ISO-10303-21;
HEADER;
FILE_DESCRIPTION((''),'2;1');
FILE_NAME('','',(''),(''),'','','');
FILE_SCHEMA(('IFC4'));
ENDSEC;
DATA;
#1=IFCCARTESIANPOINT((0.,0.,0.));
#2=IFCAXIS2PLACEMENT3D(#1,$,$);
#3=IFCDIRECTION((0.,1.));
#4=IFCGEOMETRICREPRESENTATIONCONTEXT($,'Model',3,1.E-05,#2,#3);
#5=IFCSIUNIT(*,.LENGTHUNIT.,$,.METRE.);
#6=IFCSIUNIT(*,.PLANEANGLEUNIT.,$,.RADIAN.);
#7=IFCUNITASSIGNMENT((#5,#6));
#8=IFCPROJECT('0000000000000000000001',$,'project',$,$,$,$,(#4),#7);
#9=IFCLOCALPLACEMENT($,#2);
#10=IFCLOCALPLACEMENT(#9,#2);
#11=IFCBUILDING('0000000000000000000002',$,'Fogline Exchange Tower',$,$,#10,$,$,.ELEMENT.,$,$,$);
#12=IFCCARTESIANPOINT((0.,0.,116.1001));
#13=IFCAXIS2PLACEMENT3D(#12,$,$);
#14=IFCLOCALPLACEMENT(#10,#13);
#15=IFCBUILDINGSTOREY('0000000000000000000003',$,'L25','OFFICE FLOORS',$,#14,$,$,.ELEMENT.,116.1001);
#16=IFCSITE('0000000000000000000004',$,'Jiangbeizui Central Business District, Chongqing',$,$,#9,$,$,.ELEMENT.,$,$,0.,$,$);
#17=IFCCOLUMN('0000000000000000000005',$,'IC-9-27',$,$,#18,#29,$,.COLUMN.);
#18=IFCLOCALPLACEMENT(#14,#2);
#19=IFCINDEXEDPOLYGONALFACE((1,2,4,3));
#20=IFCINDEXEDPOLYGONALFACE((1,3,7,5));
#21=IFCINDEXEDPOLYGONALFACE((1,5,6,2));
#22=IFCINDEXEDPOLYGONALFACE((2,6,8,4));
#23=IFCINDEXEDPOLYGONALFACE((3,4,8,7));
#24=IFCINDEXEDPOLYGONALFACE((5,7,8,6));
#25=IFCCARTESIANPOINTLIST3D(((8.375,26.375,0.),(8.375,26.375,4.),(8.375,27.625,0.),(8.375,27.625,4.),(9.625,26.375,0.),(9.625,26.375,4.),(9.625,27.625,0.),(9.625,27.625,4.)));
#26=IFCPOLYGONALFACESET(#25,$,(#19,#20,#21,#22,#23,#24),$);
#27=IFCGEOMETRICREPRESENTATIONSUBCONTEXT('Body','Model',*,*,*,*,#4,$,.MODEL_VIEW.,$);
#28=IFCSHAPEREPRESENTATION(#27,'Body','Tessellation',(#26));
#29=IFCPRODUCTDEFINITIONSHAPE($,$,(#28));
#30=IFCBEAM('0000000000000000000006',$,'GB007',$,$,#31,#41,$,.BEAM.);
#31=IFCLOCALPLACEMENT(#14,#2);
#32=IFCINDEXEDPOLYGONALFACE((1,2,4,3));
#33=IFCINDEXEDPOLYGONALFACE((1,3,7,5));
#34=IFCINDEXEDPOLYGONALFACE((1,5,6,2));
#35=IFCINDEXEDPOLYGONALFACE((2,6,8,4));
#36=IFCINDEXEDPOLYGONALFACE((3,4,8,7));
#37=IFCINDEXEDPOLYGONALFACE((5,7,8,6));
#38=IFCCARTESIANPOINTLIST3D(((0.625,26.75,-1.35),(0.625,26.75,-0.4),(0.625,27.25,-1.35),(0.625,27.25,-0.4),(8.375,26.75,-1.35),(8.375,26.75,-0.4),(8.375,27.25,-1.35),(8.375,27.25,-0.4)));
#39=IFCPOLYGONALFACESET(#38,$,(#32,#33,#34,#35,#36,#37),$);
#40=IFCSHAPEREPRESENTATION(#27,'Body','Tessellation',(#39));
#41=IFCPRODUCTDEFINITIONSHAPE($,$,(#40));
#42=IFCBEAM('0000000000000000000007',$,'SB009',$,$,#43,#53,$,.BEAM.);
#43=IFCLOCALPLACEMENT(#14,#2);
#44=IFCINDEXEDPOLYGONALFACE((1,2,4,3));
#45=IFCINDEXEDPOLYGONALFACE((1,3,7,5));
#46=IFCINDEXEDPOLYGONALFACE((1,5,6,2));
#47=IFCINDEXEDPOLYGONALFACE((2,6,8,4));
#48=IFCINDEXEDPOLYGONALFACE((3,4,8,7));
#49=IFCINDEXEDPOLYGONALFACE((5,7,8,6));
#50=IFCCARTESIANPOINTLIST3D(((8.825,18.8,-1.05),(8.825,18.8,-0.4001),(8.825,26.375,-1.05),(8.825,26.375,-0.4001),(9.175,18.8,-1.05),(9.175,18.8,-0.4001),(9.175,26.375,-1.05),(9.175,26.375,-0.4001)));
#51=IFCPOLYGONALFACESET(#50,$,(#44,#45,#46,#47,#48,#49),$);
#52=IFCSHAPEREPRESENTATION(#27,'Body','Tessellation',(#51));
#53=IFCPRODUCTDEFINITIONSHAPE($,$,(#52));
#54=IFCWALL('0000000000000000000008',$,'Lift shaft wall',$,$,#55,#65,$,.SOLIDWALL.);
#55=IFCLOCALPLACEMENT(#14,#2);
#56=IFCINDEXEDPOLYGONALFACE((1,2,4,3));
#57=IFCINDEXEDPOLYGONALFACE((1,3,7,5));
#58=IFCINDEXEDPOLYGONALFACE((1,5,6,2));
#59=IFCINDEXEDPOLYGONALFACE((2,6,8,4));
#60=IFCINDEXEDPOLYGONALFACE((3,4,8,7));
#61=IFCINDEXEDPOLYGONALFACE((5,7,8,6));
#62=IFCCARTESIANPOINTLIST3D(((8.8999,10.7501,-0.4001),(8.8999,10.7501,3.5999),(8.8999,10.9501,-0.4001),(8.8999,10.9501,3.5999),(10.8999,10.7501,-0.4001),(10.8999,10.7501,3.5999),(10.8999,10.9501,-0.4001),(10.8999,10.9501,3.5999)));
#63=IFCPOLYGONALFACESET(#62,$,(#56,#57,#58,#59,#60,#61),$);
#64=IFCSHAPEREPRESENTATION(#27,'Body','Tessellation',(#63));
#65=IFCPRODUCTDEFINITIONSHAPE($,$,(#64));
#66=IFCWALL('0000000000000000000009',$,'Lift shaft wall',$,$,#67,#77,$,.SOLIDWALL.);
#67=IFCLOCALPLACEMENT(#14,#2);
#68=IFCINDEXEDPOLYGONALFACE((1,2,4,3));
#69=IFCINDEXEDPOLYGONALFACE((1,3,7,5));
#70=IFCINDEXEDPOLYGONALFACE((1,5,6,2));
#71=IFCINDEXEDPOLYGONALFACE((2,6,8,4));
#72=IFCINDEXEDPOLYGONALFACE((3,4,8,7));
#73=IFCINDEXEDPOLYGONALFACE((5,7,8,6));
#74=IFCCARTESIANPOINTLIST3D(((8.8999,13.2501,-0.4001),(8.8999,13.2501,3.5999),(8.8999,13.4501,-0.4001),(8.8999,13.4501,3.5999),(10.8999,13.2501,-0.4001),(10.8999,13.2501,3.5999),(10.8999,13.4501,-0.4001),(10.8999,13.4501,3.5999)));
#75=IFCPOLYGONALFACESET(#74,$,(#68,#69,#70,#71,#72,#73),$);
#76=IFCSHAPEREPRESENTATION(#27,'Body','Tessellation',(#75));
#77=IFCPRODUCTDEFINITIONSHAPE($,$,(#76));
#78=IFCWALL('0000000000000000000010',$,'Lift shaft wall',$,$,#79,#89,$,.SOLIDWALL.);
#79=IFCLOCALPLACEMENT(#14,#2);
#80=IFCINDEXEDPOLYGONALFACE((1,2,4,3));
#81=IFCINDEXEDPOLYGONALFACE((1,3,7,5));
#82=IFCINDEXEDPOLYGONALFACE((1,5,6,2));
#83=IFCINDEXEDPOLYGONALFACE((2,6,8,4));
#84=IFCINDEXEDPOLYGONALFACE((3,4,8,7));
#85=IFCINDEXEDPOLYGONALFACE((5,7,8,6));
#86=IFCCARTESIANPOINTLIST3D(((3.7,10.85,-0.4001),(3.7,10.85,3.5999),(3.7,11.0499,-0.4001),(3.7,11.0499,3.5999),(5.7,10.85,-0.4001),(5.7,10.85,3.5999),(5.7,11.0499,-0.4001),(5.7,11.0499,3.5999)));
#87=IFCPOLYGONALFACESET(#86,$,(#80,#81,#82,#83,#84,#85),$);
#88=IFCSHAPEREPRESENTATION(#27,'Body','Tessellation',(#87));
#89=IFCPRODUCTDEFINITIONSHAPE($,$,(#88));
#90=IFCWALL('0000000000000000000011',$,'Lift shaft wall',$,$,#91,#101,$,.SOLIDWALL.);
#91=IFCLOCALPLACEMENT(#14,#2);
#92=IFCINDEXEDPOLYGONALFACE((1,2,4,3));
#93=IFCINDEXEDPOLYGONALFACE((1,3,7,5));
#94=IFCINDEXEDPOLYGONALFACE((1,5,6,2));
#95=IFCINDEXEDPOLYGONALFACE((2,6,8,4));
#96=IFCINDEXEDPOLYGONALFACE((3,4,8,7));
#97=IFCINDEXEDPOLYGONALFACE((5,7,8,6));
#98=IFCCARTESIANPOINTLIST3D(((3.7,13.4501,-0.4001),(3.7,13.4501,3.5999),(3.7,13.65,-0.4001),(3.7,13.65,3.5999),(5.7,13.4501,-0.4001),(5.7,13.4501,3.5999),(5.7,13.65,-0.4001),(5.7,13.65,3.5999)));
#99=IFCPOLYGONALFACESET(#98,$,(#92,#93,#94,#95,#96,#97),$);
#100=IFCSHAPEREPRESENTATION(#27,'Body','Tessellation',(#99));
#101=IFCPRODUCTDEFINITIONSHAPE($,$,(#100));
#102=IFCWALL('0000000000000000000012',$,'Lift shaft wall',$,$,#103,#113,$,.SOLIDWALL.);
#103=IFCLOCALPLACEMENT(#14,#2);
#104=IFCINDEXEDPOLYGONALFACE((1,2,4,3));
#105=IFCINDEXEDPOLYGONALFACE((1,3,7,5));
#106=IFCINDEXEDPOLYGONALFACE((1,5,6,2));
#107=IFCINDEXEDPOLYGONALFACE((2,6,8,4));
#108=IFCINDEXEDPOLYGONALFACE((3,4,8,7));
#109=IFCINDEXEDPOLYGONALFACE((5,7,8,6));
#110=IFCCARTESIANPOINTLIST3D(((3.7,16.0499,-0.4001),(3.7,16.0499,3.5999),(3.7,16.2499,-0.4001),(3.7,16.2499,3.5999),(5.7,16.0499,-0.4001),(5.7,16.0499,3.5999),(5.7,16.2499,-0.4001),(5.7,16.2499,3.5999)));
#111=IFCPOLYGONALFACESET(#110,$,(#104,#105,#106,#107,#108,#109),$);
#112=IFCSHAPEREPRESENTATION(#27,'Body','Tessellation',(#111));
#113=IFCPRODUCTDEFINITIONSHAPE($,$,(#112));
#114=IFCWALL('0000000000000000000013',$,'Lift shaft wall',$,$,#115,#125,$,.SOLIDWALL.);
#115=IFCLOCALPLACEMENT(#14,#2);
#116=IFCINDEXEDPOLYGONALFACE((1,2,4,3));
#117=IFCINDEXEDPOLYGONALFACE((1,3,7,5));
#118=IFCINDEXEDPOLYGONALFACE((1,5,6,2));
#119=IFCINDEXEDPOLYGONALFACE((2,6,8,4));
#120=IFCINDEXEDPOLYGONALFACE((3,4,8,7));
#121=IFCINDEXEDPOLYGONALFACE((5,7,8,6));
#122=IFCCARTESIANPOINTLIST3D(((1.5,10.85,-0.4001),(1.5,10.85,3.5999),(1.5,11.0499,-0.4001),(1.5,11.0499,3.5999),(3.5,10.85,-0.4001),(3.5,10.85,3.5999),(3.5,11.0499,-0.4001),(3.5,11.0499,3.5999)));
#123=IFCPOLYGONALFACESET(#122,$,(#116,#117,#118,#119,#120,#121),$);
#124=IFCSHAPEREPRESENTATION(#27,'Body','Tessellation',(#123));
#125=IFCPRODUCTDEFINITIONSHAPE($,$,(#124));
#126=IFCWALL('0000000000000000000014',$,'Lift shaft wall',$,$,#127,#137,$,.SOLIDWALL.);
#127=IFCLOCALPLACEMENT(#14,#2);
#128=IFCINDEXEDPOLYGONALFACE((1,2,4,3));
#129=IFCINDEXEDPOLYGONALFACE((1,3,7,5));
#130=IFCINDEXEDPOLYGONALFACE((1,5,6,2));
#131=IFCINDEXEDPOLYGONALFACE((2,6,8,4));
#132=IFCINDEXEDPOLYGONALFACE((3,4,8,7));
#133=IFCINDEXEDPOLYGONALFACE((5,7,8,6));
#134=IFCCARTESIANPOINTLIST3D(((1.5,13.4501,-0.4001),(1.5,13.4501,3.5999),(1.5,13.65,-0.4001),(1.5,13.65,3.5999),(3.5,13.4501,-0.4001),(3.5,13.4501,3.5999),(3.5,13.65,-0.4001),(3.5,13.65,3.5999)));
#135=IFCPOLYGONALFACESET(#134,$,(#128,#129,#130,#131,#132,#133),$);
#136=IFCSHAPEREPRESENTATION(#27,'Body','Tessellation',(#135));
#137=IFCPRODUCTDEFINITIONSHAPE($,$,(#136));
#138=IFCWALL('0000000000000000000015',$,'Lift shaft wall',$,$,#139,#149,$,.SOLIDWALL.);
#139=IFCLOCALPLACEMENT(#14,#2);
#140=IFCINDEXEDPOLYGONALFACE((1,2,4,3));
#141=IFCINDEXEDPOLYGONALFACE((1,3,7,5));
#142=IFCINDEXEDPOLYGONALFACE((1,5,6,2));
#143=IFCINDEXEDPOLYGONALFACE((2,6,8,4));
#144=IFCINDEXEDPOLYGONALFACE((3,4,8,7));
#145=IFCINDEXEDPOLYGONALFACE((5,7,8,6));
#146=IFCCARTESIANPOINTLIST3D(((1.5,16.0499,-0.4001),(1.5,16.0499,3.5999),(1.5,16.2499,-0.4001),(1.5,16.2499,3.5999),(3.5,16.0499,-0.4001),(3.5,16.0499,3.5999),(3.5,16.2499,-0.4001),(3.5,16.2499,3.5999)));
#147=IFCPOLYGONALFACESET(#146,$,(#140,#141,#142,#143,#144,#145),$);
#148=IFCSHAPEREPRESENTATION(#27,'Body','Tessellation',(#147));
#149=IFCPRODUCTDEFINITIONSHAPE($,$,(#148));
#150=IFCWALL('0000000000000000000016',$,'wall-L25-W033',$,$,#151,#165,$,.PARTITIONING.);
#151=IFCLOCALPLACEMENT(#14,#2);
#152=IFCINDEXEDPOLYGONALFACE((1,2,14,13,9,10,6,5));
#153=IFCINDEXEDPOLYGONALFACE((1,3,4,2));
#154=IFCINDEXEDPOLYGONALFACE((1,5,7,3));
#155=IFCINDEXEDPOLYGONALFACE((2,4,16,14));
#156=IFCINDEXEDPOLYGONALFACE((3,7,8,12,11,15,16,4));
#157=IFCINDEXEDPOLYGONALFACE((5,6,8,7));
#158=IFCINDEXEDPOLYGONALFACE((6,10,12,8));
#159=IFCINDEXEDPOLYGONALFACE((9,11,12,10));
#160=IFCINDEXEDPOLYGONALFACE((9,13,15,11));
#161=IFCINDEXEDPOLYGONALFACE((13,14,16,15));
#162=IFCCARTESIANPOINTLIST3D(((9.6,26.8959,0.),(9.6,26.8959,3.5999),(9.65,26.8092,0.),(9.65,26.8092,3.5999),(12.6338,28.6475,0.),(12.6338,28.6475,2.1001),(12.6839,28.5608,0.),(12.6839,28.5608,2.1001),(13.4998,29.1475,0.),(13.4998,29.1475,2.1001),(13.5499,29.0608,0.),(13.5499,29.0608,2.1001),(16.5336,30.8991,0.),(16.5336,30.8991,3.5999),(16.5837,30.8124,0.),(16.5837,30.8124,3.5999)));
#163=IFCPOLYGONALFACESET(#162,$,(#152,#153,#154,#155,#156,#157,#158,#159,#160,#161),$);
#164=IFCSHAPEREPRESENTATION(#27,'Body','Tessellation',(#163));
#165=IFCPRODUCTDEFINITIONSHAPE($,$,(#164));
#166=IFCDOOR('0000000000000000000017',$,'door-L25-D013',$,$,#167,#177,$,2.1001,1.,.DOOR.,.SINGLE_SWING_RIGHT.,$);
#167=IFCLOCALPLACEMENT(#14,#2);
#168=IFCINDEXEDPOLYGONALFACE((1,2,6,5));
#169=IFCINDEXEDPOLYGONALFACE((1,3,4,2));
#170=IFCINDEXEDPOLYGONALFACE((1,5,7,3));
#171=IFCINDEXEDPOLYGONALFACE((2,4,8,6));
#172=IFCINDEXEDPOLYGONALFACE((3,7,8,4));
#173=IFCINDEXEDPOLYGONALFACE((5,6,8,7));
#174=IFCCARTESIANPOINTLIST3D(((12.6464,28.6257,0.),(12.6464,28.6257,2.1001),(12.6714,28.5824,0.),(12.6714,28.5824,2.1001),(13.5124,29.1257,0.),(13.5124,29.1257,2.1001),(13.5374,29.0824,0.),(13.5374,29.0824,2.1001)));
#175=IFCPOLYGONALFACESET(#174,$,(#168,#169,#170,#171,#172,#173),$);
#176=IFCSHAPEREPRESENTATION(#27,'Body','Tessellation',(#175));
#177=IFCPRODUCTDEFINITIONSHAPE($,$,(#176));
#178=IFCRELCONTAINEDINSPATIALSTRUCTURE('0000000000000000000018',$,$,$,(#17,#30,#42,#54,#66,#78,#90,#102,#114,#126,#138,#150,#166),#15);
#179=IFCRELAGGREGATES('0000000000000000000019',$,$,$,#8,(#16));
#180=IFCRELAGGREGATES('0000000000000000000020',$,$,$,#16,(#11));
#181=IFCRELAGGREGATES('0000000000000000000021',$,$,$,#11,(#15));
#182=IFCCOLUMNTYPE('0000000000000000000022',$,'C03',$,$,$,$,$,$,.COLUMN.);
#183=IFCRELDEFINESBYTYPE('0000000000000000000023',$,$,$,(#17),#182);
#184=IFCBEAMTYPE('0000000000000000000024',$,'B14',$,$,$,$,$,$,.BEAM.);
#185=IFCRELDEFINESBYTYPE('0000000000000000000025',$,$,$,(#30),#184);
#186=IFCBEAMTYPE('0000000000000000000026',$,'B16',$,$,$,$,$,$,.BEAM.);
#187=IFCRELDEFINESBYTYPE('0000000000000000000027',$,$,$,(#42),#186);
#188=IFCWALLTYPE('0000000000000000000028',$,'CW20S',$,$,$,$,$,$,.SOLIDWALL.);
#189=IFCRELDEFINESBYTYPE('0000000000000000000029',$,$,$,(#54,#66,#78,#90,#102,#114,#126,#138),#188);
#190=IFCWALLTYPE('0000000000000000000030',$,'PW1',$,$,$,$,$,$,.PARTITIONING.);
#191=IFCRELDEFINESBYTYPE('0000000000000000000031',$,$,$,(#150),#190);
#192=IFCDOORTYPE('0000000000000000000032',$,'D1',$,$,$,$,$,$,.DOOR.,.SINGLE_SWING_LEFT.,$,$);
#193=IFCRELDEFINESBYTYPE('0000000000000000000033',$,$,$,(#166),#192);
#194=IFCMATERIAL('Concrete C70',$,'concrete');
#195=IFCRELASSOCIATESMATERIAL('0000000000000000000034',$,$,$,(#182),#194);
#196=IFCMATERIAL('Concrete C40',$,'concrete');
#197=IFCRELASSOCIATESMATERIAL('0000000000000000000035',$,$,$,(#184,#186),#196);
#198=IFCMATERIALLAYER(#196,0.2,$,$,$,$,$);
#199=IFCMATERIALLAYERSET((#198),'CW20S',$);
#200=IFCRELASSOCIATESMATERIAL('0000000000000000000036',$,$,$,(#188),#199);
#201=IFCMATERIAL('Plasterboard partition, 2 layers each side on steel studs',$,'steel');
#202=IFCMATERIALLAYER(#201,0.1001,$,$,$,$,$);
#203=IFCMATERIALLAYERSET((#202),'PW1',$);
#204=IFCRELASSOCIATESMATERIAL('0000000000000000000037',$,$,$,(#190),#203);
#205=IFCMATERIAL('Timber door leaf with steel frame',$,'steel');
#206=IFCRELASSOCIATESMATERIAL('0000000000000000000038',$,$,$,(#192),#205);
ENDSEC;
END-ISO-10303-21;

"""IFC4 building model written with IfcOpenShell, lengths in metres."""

from ifc_helpers import new_model, si_unit, direction, frame, frame_2d, origin, origin_2d, place, context, subcontext, project, spatial, rectangle, extrude, material, layer, layer_set, material_profile, profile_set, type_object, element, fill, save


model = new_model("IFC4")

# Units and contexts
model_context = context("Model", 3, precision=1e-05, world=origin(), true_north=direction((0.0, 1.0)))
body_context = subcontext(model_context, "Body", "Model", "MODEL_VIEW")
ifc_project = project(units=[si_unit("LENGTHUNIT", "METRE"), si_unit("PLANEANGLEUNIT", "RADIAN")], contexts=[model_context])

# Site, building, storey
site_placement = place(None, origin())
site = spatial("IfcSite", under=ifc_project, at=site_placement, Name="Jiangbeizui Central Business District, Chongqing", CompositionType="ELEMENT", RefElevation=0.0)
building_placement = place(site_placement, origin())
building = spatial("IfcBuilding", under=site, at=building_placement, Name="Fogline Exchange Tower", CompositionType="ELEMENT")
storey_placement = place(building_placement, frame((0.0, 0.0, 116.1001)))
storey = spatial("IfcBuildingStorey", under=building, at=storey_placement, Name="L25", Description="OFFICE FLOORS", CompositionType="ELEMENT", Elevation=116.1001)

# Column
ifc_material_1 = material(Name="Concrete C70", Category="concrete")
ifc_material_profile_1 = material_profile(ifc_material_1, rectangle(XDim=1.25, YDim=1.25, at=origin_2d()), Name="RC 1250x1250")
ifc_profile_set_1 = profile_set([ifc_material_profile_1], Name="Concrete C70")
column_type = type_object("IfcColumnType", Name="C03", PredefinedType="COLUMN", material=ifc_profile_set_1)
column_placement = place(storey_placement, frame((9.0, 27.0, 0.0), z_axis=(0.0, 0.0, 1.0), x_axis=(1.0, 0.0, 0.0)))
element("IfcColumn", 1, at=column_placement, inside=storey, type_object=column_type, Name="IC-9-27", PredefinedType="COLUMN", context=body_context, shape_type="SweptSolid", body=[
    extrude(rectangle(XDim=1.25, YDim=1.25, at=origin_2d()), origin(), (0.0, 0.0, 1.0), 4.0),
])

# Beams
ifc_material_2 = material(Name="Concrete C40", Category="concrete")
ifc_material_profile_2 = material_profile(ifc_material_2, rectangle(XDim=0.5, YDim=0.95, at=origin_2d()), Name="RC 500x950")
ifc_profile_set_2 = profile_set([ifc_material_profile_2], Name="Concrete C40")
beam_type_1 = type_object("IfcBeamType", Name="B14", PredefinedType="BEAM", material=ifc_profile_set_2)
beam_1_placement = place(storey_placement, frame((0.625, 27.0, -0.875), z_axis=(1.0, 0.0, 0.0), x_axis=(0.0, 1.0, 0.0)))
element("IfcBeam", 2, at=beam_1_placement, inside=storey, type_object=beam_type_1, Name="GB007", PredefinedType="BEAM", context=body_context, shape_type="SweptSolid", body=[
    extrude(rectangle(XDim=0.5, YDim=0.95, at=origin_2d()), origin(), (0.0, 0.0, 1.0), 7.75),
])
ifc_material_profile_3 = material_profile(ifc_material_2, rectangle(XDim=0.3501, YDim=0.6499, at=origin_2d()), Name="RC 350x650")
ifc_profile_set_3 = profile_set([ifc_material_profile_3], Name="Concrete C40")
beam_type_2 = type_object("IfcBeamType", Name="B16", PredefinedType="BEAM", material=ifc_profile_set_3)
beam_2_placement = place(storey_placement, frame((9.0, 18.8, -0.7251), z_axis=(0.0, 1.0, 0.0), x_axis=(-1.0, 0.0, 0.0)))
element("IfcBeam", 3, at=beam_2_placement, inside=storey, type_object=beam_type_2, Name="SB009", PredefinedType="BEAM", context=body_context, shape_type="SweptSolid", body=[
    extrude(rectangle(XDim=0.3501, YDim=0.6499, at=origin_2d()), origin(), (0.0, 0.0, 1.0), 7.575),
])

# Walls
ifc_layer_1 = layer(ifc_material_2, 0.2)
ifc_layer_set_1 = layer_set([ifc_layer_1], Name="CW20S")
wall_type_1 = type_object("IfcWallType", Name="CW20S", PredefinedType="SOLIDWALL", material=ifc_layer_set_1)
for number, where, z_axis, x_axis, name in (
    (4, (8.8999, 10.8501, -0.4001), (0.0, 0.0, 1.0), (1.0, 0.0, 0.0), "Lift shaft wall"),
    (5, (8.8999, 13.3501, -0.4001), (0.0, 0.0, 1.0), (1.0, 0.0, 0.0), "Lift shaft wall"),
    (6, (3.7, 10.95, -0.4001), (0.0, 0.0, 1.0), (1.0, 0.0, 0.0), "Lift shaft wall"),
    (7, (3.7, 13.55, -0.4001), (0.0, 0.0, 1.0), (1.0, 0.0, 0.0), "Lift shaft wall"),
    (8, (3.7, 16.1499, -0.4001), (0.0, 0.0, 1.0), (1.0, 0.0, 0.0), "Lift shaft wall"),
    (9, (1.5, 10.95, -0.4001), (0.0, 0.0, 1.0), (1.0, 0.0, 0.0), "Lift shaft wall"),
    (10, (1.5, 13.55, -0.4001), (0.0, 0.0, 1.0), (1.0, 0.0, 0.0), "Lift shaft wall"),
    (11, (1.5, 16.1499, -0.4001), (0.0, 0.0, 1.0), (1.0, 0.0, 0.0), "Lift shaft wall"),
):
    element("IfcWall", number, at=place(storey_placement, frame(where, z_axis=z_axis, x_axis=x_axis)), inside=storey, type_object=wall_type_1, Name=name, PredefinedType="SOLIDWALL", context=body_context, shape_type="SweptSolid", body=[
        extrude(rectangle(XDim=2.0, YDim=0.2, at=frame_2d((1.0, 0.0))), origin(), (0.0, 0.0, 1.0), 4.0),
    ])

# Wall, opening, door
ifc_material_3 = material(Name="Plasterboard partition, 2 layers each side on steel studs", Category="steel")
ifc_layer_2 = layer(ifc_material_3, 0.1001)
ifc_layer_set_2 = layer_set([ifc_layer_2], Name="PW1")
wall_type_2 = type_object("IfcWallType", Name="PW1", PredefinedType="PARTITIONING", material=ifc_layer_set_2)
wall_1_placement = place(storey_placement, frame((9.625, 26.8525, 0.0), z_axis=(0.0, 0.0, 1.0), x_axis=(0.866022, 0.500006, 0.0)))
wall_1 = element("IfcWall", 12, at=wall_1_placement, inside=storey, type_object=wall_type_2, Name="wall-L25-W033", PredefinedType="PARTITIONING", context=body_context, shape_type="SweptSolid", body=[
    extrude(rectangle(XDim=8.0063, YDim=0.1001, at=frame_2d((4.0032, 0.0))), origin(), (0.0, 0.0, 1.0), 3.5999),
])
opening_1_placement = place(wall_1_placement, frame((3.5032, 0.0, 0.0)))
opening_1 = element("IfcOpeningElement", 13, at=opening_1_placement, cuts=wall_1, PredefinedType="OPENING", context=body_context, shape_type="SweptSolid", body=[
    extrude(rectangle(XDim=1.0, YDim=2.1001, at=frame_2d((0.5, 1.05))), frame((0.0, 0.0601, 0.0), z_axis=(0.0, -1.0, 0.0), x_axis=(1.0, 0.0, 0.0)), (0.0, 0.0, 1.0), 0.1201),
])
ifc_material_4 = material(Name="Timber door leaf with steel frame", Category="steel")
door_type_1 = type_object("IfcDoorType", Name="D1", OperationType="SINGLE_SWING_LEFT", PredefinedType="DOOR", material=ifc_material_4)
door_1_placement = place(opening_1_placement, origin())
door_1 = element("IfcDoor", 14, at=door_1_placement, inside=storey, type_object=door_type_1, Name="door-L25-D013", OperationType="SINGLE_SWING_RIGHT", OverallHeight=2.1001, OverallWidth=1.0, PredefinedType="DOOR", context=body_context, shape_type="SweptSolid", body=[
    extrude(rectangle(XDim=1.0, YDim=2.1001, at=frame_2d((0.5, 1.05))), frame((0.0, 0.0249, 0.0), z_axis=(0.0, -1.0, 0.0), x_axis=(1.0, 0.0, 0.0)), (0.0, 0.0, 1.0), 0.05),
])
fill(opening_1, door_1)

save(model, "model.ifc")
